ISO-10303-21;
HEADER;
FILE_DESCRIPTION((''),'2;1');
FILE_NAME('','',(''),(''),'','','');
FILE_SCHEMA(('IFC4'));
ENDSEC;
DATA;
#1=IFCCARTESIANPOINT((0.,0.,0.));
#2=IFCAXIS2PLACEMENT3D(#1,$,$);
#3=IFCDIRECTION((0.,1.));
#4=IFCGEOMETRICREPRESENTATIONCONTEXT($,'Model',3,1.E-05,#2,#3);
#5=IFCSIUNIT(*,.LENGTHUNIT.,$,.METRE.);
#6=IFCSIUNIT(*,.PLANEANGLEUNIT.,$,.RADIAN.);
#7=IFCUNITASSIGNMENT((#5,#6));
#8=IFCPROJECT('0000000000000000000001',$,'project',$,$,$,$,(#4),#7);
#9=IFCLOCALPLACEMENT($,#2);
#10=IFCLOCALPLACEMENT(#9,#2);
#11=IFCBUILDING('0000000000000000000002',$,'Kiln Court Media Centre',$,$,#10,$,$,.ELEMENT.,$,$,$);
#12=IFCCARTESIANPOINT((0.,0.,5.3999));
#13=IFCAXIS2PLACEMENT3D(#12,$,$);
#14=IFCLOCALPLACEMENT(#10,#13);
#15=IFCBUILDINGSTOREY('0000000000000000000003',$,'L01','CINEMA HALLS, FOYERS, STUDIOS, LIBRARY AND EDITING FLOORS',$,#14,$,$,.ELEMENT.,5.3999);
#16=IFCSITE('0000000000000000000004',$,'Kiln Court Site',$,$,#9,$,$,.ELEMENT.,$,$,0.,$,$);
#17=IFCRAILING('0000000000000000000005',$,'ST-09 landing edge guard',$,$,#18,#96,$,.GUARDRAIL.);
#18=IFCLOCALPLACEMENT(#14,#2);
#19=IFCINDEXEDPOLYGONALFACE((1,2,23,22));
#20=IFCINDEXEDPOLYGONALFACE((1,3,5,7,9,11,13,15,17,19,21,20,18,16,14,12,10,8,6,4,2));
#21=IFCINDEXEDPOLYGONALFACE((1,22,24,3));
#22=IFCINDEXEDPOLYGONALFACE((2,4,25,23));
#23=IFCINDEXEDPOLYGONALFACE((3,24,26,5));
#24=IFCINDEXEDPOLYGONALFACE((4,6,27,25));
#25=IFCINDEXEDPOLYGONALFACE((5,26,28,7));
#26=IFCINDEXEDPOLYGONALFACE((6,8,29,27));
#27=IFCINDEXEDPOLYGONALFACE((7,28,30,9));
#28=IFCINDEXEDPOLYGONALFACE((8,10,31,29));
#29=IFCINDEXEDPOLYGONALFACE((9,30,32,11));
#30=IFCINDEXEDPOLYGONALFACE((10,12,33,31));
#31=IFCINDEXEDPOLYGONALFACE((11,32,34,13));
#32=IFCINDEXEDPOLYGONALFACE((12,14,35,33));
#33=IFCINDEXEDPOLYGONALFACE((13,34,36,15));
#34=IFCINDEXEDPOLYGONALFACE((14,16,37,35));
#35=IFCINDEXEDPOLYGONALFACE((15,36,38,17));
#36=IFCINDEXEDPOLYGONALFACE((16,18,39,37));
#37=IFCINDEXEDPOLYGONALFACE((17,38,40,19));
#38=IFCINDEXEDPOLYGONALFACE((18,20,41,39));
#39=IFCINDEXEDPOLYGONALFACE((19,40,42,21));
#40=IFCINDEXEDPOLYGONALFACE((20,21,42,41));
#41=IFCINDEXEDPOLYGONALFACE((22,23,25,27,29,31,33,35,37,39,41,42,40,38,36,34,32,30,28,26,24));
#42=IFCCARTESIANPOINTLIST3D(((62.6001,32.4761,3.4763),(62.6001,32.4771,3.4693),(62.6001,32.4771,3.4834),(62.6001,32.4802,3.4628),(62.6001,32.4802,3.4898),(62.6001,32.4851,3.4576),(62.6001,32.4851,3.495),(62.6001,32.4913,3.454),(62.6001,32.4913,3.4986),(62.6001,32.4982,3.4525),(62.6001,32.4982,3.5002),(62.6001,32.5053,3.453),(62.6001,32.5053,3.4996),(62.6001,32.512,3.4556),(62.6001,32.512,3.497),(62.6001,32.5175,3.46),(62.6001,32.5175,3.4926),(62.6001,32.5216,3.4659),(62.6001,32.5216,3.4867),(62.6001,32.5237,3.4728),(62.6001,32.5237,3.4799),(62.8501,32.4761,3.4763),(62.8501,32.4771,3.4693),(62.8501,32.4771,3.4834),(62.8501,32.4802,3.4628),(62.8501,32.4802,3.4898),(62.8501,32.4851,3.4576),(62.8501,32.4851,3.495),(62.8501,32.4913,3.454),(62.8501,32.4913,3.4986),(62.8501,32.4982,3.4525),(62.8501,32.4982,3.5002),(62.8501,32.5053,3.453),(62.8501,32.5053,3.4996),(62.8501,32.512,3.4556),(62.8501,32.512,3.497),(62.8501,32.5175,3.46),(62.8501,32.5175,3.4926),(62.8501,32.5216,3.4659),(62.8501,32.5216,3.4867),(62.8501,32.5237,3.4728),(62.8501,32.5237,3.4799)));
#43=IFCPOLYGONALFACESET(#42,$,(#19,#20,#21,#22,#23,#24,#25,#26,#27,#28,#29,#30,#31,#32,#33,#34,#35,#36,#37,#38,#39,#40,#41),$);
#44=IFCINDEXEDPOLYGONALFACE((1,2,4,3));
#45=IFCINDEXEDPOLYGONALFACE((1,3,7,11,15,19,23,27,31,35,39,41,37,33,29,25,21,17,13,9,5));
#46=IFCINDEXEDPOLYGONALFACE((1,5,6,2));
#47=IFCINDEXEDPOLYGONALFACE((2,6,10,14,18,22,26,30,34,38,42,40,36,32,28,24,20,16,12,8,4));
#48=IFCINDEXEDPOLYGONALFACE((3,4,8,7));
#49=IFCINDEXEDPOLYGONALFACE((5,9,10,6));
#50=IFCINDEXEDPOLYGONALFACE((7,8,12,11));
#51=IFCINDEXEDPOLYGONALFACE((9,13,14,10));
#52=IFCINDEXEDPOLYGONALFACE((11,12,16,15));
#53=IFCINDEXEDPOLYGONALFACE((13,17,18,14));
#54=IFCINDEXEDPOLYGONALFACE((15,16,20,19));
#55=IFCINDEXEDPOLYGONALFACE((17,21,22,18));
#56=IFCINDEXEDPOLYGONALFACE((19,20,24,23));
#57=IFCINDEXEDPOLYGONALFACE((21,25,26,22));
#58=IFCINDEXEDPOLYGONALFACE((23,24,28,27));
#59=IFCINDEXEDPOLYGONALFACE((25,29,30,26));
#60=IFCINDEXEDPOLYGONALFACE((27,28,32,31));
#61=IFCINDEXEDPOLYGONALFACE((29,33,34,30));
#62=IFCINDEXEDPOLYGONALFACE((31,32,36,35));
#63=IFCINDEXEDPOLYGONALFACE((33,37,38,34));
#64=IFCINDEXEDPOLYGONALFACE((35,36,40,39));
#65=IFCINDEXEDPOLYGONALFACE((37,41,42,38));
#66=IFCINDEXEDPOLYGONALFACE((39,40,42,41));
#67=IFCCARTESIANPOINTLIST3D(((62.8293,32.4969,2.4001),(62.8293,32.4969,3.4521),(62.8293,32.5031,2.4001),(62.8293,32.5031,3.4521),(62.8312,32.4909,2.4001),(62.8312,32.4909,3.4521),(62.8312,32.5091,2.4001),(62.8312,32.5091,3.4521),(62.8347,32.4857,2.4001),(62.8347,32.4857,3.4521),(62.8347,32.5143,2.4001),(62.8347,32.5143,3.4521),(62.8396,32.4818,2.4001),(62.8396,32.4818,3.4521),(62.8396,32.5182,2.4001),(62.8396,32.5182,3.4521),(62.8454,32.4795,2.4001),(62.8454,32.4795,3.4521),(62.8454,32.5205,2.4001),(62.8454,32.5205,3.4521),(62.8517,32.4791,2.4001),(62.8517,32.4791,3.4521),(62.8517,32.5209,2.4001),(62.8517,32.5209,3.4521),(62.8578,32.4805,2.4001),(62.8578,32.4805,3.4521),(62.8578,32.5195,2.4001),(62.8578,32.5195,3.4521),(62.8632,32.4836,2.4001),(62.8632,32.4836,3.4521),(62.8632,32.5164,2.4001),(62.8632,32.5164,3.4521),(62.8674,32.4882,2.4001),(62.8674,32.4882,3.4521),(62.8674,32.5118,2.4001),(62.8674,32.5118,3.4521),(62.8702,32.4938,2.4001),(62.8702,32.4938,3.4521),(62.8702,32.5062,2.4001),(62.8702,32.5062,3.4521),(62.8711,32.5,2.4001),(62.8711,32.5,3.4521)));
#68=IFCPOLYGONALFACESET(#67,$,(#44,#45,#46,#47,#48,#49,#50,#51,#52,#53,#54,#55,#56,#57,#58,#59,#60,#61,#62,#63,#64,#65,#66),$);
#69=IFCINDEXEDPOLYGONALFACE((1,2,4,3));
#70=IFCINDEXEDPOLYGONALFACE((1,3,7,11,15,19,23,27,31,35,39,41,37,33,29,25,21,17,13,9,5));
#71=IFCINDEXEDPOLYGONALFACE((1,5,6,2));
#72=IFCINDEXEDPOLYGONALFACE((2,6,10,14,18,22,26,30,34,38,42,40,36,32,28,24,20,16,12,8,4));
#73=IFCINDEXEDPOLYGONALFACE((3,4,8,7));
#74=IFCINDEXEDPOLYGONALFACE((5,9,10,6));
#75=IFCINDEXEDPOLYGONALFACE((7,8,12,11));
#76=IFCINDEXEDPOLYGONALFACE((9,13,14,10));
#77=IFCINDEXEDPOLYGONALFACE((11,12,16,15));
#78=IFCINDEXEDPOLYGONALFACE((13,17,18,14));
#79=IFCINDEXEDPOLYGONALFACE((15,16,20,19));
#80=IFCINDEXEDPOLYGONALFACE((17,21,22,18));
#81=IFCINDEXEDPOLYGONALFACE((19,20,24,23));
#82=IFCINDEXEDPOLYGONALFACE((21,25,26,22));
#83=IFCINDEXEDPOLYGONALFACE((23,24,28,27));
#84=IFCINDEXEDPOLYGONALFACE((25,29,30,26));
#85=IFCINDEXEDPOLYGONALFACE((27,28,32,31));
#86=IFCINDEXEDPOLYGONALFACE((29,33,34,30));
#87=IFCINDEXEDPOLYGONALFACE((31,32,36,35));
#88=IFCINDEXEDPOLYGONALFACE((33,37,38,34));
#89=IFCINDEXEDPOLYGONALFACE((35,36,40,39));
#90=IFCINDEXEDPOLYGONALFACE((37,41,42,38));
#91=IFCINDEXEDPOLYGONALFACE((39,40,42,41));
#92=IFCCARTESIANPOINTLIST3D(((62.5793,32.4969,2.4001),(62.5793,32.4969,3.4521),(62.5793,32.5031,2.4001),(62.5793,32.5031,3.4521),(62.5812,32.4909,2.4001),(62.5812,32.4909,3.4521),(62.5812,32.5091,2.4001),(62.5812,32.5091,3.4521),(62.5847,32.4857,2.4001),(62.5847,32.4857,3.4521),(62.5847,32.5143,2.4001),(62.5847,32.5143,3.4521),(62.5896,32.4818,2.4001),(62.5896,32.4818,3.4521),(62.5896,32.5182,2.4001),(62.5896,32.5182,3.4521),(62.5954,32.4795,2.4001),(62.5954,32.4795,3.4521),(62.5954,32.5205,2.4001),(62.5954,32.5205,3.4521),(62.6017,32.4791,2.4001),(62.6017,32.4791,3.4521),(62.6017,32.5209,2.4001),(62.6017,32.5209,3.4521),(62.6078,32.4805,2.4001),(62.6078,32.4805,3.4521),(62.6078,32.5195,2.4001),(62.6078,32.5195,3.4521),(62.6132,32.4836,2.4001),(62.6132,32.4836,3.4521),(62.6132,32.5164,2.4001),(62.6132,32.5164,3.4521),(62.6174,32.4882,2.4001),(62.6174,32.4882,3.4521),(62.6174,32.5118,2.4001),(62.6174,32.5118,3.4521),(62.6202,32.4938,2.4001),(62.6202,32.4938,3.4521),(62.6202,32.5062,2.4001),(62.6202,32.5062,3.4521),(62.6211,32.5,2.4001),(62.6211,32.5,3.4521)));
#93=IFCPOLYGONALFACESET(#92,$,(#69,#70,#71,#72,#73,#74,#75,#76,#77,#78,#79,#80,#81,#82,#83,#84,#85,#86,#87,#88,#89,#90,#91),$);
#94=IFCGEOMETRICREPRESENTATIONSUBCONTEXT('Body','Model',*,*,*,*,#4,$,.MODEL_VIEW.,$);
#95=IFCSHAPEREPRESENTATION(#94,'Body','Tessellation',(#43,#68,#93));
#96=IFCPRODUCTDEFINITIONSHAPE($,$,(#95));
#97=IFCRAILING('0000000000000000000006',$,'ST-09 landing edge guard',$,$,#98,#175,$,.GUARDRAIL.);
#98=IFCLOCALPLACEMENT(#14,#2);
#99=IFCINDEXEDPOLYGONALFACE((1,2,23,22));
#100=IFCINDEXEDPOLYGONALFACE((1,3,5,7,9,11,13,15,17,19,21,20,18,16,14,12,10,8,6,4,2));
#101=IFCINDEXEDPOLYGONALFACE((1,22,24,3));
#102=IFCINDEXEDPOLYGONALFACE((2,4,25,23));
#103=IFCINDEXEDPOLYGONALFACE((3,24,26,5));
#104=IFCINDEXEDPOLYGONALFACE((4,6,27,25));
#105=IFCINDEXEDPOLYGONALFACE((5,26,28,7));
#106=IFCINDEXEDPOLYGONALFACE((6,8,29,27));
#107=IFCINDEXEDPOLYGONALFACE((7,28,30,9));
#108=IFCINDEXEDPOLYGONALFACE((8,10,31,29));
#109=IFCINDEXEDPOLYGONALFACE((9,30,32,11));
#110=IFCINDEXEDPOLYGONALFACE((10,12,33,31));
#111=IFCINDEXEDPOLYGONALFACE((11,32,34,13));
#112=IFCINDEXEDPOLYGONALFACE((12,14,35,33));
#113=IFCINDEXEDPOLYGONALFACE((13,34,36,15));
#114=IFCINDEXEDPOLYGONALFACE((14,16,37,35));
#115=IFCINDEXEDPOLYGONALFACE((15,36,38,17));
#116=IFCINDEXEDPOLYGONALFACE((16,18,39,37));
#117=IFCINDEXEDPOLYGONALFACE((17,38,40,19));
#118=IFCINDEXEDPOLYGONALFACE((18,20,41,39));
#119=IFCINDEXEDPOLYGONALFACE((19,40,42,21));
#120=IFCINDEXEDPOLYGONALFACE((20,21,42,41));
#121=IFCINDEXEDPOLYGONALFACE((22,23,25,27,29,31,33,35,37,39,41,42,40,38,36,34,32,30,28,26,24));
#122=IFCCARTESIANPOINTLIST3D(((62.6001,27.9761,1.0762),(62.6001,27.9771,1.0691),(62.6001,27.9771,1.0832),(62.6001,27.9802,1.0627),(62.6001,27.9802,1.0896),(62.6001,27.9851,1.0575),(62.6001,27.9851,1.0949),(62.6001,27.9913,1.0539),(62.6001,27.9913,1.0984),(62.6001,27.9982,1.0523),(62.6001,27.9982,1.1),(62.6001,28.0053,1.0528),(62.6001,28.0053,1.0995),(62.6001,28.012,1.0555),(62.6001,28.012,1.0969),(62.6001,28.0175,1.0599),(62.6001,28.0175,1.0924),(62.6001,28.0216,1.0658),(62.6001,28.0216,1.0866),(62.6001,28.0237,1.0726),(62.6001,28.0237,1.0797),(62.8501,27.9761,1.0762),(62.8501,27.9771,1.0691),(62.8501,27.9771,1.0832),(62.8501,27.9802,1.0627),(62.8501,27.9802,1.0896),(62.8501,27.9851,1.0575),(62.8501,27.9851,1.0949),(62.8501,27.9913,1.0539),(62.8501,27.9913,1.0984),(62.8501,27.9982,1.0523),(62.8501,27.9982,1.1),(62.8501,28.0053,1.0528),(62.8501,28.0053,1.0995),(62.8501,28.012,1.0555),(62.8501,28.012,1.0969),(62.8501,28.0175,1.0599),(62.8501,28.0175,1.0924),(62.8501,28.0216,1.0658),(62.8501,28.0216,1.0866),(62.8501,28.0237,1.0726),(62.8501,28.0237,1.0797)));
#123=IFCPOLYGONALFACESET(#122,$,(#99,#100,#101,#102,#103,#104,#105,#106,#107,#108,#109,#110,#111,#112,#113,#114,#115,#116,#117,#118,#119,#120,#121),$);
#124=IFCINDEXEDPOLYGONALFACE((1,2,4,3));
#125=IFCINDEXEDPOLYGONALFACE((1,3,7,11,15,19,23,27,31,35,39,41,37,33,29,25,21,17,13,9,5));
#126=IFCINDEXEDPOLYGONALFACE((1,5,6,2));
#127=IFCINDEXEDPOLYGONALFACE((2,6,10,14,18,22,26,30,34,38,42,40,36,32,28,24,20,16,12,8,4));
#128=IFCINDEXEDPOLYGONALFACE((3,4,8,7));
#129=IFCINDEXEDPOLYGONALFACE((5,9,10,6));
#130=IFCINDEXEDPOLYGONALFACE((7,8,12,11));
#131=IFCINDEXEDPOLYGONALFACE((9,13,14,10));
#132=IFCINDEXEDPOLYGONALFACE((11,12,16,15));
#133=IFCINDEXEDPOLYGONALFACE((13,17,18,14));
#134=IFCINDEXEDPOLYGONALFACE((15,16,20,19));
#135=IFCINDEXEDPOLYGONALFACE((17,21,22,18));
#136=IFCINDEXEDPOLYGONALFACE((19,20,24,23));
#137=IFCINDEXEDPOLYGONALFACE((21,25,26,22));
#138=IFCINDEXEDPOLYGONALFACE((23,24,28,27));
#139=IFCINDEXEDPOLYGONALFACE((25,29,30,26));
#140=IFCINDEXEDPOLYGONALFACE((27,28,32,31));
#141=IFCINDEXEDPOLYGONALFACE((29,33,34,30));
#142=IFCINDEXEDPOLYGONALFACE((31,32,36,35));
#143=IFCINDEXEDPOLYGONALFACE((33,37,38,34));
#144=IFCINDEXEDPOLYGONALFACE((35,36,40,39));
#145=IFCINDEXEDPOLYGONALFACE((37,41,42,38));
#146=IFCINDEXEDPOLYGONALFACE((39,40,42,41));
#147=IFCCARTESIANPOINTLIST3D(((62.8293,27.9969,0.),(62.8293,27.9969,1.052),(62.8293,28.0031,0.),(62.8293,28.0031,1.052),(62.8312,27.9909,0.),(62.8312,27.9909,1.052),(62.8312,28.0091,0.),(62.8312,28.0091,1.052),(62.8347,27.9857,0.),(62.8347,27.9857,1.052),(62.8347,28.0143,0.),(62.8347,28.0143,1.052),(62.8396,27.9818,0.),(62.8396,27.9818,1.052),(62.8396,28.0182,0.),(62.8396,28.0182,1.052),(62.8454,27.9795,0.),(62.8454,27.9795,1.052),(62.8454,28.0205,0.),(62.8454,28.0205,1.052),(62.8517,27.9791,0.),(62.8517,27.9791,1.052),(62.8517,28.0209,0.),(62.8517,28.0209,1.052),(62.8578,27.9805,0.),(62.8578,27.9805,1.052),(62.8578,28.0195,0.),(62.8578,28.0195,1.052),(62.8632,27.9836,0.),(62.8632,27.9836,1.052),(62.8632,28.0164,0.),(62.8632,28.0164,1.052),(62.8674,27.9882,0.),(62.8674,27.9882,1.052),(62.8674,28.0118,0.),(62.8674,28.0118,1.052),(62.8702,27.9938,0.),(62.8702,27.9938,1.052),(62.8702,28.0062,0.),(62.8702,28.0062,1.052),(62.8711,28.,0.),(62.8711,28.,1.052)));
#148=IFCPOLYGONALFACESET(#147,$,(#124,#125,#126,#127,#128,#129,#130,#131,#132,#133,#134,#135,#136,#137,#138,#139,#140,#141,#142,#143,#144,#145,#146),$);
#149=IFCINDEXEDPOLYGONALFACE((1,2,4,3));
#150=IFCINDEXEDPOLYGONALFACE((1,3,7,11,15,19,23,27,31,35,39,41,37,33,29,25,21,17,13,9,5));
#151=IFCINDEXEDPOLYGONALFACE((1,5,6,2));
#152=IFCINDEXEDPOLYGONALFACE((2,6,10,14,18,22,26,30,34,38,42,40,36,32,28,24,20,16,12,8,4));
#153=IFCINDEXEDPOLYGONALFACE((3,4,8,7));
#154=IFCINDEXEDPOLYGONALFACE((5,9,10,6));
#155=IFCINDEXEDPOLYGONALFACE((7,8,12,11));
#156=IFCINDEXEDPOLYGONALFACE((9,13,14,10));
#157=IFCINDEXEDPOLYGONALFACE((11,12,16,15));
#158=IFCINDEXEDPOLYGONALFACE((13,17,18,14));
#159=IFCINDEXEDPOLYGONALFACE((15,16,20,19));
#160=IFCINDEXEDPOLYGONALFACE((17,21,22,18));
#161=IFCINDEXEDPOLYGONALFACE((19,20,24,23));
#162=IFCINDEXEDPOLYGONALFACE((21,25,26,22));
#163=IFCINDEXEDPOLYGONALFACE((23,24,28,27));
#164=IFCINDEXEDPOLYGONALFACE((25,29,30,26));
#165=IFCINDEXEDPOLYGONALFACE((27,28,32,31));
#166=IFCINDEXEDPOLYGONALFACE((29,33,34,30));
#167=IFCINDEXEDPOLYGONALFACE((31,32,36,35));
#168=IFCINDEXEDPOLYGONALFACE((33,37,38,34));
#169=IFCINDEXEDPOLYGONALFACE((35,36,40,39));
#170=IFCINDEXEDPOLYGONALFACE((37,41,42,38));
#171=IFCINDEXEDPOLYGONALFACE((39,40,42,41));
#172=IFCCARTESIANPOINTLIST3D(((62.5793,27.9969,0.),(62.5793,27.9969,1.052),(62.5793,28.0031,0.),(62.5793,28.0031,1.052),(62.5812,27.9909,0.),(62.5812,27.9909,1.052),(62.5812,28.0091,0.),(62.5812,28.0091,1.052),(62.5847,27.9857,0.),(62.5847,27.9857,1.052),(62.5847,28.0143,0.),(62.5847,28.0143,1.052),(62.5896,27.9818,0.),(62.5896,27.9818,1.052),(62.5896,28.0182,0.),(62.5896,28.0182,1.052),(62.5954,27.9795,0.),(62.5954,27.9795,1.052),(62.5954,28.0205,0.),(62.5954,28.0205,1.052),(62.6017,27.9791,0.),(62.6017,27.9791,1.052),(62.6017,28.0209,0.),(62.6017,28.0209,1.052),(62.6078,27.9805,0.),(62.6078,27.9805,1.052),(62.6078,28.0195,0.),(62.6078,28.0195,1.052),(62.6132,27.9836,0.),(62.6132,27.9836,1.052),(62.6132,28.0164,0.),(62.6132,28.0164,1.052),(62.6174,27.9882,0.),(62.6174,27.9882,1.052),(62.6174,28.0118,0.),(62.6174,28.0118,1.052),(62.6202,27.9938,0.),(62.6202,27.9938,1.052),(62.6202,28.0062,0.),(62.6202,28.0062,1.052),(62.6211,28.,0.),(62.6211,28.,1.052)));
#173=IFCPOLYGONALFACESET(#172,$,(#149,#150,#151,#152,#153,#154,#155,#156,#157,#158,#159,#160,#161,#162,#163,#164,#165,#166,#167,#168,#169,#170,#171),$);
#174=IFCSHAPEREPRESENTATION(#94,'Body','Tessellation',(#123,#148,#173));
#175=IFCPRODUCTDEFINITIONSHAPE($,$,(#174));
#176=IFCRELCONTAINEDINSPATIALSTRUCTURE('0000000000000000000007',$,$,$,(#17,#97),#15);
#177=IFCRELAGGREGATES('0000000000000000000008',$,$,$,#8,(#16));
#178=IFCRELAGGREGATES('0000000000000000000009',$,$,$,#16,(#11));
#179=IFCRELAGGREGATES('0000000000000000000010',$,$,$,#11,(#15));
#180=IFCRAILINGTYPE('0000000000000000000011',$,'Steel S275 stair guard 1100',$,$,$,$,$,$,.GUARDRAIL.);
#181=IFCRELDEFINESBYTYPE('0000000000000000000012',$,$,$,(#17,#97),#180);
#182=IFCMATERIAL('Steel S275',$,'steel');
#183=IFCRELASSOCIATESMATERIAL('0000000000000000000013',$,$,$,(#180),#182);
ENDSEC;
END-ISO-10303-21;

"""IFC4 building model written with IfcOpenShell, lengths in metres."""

from ifc_helpers import new_model, si_unit, direction, frame, origin, origin_2d, place, context, subcontext, project, spatial, circle, extrude, material, type_object, element, save


model = new_model("IFC4")

# Units and contexts
model_context = context("Model", 3, precision=1e-05, world=origin(), true_north=direction((0.0, 1.0)))
body_context = subcontext(model_context, "Body", "Model", "MODEL_VIEW")
ifc_project = project(units=[si_unit("LENGTHUNIT", "METRE"), si_unit("PLANEANGLEUNIT", "RADIAN")], contexts=[model_context])

# Site, building, storey
site_placement = place(None, origin())
site = spatial("IfcSite", under=ifc_project, at=site_placement, Name="Kiln Court Site", CompositionType="ELEMENT", RefElevation=0.0)
building_placement = place(site_placement, origin())
building = spatial("IfcBuilding", under=site, at=building_placement, Name="Kiln Court Media Centre", CompositionType="ELEMENT")
storey_placement = place(building_placement, frame((0.0, 0.0, 5.3999)))
storey = spatial("IfcBuildingStorey", under=building, at=storey_placement, Name="L01", Description="CINEMA HALLS, FOYERS, STUDIOS, LIBRARY AND EDITING FLOORS", CompositionType="ELEMENT", Elevation=5.3999)

# Railings
ifc_material_1 = material(Name="Steel S275", Category="steel")
railing_type_1 = type_object("IfcRailingType", Name="Steel S275 stair guard 1100", PredefinedType="GUARDRAIL", material=ifc_material_1)
for number, where, name in (
    (1, (62.8501, 32.5, 2.4001), "ST-09 landing edge guard"),
    (2, (62.8501, 28.0, 0.0), "ST-09 landing edge guard"),
):
    element("IfcRailing", number, at=place(storey_placement, frame(where)), inside=storey, type_object=railing_type_1, Name=name, PredefinedType="GUARDRAIL", context=body_context, shape_type="SweptSolid", body=[
        extrude(circle(Radius=0.0239, at=origin_2d()), frame((0.0, 0.0, 1.0762), z_axis=(-1.0, 0.0, 0.0), x_axis=(0.0, -1.0, 0.0)), (0.0, 0.0, 1.0), 0.25),
        extrude(circle(Radius=0.021, at=origin_2d()), origin(), (0.0, 0.0, 1.0), 1.052),
        extrude(circle(Radius=0.021, at=origin_2d()), frame((-0.25, 0.0, 0.0)), (0.0, 0.0, 1.0), 1.052),
    ])

save(model, "model.ifc")
